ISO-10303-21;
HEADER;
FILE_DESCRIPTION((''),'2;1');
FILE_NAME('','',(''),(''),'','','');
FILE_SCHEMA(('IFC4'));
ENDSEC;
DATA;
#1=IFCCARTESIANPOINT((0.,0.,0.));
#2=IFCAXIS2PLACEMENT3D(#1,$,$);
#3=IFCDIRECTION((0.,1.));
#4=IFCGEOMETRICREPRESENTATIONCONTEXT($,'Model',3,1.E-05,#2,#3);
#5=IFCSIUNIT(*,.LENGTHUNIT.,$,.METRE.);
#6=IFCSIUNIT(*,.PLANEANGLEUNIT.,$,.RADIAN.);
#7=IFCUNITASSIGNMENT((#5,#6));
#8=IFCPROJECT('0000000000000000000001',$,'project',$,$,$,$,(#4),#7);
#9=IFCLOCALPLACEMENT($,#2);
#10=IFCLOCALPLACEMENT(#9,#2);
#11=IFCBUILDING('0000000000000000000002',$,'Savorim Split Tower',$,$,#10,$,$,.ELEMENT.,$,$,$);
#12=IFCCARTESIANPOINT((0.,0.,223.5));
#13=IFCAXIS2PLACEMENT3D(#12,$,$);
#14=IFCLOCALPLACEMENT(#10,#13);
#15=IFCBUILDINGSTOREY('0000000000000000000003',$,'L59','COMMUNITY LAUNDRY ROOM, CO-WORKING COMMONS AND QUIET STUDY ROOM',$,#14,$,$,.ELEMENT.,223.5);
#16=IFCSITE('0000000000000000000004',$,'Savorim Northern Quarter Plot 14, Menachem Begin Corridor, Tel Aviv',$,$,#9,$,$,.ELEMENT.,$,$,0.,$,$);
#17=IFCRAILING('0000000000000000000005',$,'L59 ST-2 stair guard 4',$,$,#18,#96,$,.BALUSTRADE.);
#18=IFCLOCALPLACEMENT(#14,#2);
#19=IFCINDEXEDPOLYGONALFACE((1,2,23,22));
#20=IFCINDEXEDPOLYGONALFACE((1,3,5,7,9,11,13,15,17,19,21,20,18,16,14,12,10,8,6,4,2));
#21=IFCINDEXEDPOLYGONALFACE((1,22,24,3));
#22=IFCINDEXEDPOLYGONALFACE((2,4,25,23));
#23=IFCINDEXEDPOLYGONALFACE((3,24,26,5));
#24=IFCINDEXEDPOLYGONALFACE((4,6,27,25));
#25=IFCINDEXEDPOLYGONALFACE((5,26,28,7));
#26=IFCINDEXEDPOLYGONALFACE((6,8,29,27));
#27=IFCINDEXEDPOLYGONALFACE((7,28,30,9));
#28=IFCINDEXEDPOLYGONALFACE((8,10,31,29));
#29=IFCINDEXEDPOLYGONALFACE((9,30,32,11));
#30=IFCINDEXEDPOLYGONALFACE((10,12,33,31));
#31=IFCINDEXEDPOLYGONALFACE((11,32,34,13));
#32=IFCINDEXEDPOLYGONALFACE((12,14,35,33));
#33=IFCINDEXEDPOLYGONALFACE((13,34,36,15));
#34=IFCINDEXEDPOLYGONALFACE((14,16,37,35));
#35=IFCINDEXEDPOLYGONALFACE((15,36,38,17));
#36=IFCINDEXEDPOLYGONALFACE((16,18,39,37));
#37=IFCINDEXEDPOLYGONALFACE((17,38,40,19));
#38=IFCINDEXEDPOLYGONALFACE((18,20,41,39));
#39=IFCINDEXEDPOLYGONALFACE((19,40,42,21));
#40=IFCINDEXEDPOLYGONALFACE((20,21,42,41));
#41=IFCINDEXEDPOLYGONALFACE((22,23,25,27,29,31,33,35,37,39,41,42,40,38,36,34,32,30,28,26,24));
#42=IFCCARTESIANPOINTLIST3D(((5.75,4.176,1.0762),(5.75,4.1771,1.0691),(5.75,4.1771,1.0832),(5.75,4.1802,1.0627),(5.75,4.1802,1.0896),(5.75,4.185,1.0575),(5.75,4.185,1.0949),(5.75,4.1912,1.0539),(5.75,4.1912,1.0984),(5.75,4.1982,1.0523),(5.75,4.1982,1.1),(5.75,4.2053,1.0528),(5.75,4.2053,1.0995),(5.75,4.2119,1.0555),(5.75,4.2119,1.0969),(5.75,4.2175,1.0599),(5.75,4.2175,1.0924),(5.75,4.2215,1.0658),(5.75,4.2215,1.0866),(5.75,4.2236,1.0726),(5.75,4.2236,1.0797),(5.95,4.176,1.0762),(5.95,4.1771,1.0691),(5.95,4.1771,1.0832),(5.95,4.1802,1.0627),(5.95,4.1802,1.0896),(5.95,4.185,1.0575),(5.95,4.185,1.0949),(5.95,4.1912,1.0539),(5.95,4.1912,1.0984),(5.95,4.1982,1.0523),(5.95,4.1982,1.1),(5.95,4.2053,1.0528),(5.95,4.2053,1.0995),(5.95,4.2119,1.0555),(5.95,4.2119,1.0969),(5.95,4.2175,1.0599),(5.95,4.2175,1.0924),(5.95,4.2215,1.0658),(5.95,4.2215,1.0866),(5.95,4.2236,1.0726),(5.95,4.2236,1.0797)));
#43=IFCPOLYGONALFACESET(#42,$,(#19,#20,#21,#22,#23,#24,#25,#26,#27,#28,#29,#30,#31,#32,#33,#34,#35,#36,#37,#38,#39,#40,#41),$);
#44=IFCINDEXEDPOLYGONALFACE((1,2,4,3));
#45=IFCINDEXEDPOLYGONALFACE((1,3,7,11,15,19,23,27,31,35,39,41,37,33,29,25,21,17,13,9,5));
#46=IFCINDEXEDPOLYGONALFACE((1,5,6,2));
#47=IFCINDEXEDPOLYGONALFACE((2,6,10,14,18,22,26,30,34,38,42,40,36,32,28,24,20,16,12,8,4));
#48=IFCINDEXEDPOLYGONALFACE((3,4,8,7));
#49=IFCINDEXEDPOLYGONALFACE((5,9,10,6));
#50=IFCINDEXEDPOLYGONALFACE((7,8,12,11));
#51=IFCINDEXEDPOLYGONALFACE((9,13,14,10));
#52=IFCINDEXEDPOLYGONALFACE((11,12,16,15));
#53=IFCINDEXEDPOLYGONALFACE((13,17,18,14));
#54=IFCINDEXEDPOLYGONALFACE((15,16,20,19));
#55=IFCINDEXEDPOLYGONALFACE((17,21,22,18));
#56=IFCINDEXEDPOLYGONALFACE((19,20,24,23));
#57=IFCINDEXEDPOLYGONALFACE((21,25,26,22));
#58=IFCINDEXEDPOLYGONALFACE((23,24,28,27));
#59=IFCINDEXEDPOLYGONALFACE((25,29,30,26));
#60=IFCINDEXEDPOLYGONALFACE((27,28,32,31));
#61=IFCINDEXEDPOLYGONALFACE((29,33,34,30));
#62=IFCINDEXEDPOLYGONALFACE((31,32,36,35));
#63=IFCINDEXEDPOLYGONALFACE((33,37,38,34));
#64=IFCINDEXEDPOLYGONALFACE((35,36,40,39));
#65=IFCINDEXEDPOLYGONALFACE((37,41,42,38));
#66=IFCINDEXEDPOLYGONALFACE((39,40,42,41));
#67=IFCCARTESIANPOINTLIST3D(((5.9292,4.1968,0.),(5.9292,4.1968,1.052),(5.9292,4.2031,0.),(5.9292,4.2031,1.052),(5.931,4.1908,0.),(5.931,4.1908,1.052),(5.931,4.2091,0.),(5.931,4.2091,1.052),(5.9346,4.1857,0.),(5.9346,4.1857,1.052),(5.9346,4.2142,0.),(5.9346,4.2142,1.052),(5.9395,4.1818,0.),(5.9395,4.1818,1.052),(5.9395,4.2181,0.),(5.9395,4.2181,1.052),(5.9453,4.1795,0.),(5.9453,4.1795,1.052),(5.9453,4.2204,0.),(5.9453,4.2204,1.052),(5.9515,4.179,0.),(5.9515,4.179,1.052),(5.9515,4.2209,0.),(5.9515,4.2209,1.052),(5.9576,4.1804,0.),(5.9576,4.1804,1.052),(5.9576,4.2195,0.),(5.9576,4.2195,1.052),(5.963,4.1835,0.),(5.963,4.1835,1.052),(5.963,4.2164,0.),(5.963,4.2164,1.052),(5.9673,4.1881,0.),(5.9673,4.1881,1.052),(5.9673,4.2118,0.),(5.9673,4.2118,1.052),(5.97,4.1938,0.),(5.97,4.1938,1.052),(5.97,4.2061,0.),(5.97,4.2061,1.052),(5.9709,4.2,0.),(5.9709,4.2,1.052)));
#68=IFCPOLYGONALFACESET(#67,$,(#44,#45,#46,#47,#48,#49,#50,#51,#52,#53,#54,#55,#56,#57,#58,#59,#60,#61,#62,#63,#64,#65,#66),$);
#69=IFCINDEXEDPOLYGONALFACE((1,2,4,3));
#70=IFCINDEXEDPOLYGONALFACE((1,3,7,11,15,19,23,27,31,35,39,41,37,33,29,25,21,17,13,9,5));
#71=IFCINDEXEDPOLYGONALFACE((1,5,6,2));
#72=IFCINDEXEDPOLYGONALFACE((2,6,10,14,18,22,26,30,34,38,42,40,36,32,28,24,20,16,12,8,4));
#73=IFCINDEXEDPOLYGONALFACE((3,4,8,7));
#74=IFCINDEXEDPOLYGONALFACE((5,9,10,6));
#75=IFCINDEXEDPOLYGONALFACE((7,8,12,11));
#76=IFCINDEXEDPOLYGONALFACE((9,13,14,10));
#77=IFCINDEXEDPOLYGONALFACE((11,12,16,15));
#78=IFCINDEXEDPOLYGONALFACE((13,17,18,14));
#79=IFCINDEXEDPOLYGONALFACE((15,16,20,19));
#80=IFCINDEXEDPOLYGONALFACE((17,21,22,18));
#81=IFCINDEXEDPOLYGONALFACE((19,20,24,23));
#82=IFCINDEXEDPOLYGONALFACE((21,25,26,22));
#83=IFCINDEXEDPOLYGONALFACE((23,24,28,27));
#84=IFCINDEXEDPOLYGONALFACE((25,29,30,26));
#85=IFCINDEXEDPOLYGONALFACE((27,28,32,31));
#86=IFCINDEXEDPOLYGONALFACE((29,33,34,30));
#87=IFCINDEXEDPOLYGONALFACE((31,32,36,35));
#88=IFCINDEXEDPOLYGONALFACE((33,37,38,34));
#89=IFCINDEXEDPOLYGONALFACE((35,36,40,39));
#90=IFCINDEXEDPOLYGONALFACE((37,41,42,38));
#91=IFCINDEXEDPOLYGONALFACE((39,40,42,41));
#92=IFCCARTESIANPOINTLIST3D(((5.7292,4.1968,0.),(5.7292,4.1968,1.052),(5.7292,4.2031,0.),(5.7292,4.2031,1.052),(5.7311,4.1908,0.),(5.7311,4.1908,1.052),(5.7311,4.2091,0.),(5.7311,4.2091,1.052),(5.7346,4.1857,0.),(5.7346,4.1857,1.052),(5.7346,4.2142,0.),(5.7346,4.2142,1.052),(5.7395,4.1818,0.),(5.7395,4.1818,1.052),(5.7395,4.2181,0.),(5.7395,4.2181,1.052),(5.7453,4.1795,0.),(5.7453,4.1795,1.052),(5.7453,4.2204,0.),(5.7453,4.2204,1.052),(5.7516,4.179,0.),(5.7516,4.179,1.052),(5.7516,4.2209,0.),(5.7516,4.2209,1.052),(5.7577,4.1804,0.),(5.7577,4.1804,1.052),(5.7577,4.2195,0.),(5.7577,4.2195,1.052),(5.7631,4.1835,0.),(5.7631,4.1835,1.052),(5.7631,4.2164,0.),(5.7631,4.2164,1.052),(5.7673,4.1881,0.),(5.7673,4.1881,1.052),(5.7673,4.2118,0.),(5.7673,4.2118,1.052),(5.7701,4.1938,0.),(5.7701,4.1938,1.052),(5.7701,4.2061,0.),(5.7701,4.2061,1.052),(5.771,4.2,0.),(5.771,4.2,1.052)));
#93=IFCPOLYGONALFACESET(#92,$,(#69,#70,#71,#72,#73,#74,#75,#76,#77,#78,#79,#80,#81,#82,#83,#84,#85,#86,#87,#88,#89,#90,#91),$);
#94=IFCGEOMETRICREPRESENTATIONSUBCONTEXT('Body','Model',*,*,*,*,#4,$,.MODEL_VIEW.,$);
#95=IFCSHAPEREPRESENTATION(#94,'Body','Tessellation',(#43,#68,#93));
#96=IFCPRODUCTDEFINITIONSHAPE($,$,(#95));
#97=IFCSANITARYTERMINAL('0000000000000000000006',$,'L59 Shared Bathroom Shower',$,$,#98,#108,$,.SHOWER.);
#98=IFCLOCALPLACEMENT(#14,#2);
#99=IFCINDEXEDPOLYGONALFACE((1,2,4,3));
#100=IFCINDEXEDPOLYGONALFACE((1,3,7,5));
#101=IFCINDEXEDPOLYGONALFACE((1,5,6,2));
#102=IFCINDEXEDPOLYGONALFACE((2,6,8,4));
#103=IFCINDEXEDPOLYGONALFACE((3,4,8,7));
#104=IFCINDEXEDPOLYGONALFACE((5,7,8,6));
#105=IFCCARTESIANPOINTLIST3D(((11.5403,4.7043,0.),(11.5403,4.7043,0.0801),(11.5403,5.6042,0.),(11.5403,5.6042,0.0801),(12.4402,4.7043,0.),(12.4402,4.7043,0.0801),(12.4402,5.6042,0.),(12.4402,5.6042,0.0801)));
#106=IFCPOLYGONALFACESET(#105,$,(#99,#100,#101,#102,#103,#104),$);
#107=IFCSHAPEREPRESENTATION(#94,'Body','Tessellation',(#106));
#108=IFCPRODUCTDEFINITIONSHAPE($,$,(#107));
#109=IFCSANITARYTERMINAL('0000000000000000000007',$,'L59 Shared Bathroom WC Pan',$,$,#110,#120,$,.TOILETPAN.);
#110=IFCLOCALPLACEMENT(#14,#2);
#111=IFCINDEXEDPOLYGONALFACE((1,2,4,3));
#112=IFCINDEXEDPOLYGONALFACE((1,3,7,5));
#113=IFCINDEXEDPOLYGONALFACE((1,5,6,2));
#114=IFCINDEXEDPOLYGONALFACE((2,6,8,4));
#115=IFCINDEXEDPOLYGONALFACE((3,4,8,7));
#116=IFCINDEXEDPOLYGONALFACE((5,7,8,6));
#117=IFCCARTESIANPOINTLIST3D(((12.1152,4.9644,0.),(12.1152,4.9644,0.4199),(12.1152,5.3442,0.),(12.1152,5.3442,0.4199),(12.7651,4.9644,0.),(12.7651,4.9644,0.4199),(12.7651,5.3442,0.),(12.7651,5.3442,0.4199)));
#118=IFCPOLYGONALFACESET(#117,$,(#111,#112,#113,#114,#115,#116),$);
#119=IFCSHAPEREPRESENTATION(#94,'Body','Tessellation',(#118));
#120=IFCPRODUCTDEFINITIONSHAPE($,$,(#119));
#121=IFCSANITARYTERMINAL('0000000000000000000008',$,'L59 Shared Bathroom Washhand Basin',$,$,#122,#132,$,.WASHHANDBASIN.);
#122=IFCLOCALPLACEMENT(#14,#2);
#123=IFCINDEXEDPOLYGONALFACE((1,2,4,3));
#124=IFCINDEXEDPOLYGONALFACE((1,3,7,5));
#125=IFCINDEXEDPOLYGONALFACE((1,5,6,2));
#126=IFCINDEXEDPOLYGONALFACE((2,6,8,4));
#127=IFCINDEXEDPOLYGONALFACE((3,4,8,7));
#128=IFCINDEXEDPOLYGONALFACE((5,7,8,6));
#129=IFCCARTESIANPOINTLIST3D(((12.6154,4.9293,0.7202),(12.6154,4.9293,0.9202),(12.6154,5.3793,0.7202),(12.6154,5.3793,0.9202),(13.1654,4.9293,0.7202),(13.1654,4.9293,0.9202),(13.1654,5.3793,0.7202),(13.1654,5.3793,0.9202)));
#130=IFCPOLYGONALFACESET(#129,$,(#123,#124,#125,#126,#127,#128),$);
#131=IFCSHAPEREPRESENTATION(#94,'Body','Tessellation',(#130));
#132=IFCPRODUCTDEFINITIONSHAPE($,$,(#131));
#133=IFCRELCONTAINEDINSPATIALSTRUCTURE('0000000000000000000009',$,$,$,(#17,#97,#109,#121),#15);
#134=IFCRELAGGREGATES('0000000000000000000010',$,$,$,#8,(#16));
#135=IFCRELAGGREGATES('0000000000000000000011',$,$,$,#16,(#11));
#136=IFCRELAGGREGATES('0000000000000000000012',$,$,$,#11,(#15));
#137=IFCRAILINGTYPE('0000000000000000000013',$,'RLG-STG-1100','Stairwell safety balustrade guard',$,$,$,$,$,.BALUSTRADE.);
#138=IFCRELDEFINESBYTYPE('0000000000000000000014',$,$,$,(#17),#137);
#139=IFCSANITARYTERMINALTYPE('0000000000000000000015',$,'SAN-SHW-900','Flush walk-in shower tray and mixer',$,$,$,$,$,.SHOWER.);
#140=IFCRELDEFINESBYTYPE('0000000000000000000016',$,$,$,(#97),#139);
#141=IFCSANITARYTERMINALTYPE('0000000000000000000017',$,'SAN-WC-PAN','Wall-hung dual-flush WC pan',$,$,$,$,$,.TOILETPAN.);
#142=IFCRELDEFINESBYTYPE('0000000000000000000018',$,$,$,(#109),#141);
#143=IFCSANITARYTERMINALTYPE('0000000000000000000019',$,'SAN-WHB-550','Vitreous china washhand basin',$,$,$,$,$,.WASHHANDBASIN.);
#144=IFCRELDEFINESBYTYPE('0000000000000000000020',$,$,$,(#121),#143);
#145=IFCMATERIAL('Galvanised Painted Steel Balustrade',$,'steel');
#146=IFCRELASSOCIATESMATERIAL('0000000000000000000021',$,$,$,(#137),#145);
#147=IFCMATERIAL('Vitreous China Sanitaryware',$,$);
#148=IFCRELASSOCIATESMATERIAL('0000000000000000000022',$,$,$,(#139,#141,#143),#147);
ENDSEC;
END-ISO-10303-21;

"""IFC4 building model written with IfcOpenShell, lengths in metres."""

from ifc_helpers import new_model, si_unit, direction, frame, origin, origin_2d, place, context, subcontext, project, spatial, rectangle, circle, extrude, material, type_object, element, save


model = new_model("IFC4")

# Units and contexts
model_context = context("Model", 3, precision=1e-05, world=origin(), true_north=direction((0.0, 1.0)))
body_context = subcontext(model_context, "Body", "Model", "MODEL_VIEW")
ifc_project = project(units=[si_unit("LENGTHUNIT", "METRE"), si_unit("PLANEANGLEUNIT", "RADIAN")], contexts=[model_context])

# Site, building, storey
site_placement = place(None, origin())
site = spatial("IfcSite", under=ifc_project, at=site_placement, Name="Savorim Northern Quarter Plot 14, Menachem Begin Corridor, Tel Aviv", CompositionType="ELEMENT", RefElevation=0.0)
building_placement = place(site_placement, origin())
building = spatial("IfcBuilding", under=site, at=building_placement, Name="Savorim Split Tower", CompositionType="ELEMENT")
storey_placement = place(building_placement, frame((0.0, 0.0, 223.5)))
storey = spatial("IfcBuildingStorey", under=building, at=storey_placement, Name="L59", Description="COMMUNITY LAUNDRY ROOM, CO-WORKING COMMONS AND QUIET STUDY ROOM", CompositionType="ELEMENT", Elevation=223.5)

# Railing
ifc_material_1 = material(Name="Galvanised Painted Steel Balustrade", Category="steel")
railing_type_1 = type_object("IfcRailingType", Name="RLG-STG-1100", Description="Stairwell safety balustrade guard", PredefinedType="BALUSTRADE", material=ifc_material_1)
railing_1_placement = place(storey_placement, frame((5.95, 4.2, 0.0)))
element("IfcRailing", 1, at=railing_1_placement, inside=storey, type_object=railing_type_1, Name="L59 ST-2 stair guard 4", PredefinedType="BALUSTRADE", context=body_context, shape_type="SweptSolid", body=[
    extrude(circle(Radius=0.0239, at=origin_2d()), frame((0.0, 0.0, 1.0762), z_axis=(-1.0, 0.0, 0.0), x_axis=(0.0, -1.0, 0.0)), (0.0, 0.0, 1.0), 0.2),
    extrude(circle(Radius=0.021, at=origin_2d()), origin(), (0.0, 0.0, 1.0), 1.052),
    extrude(circle(Radius=0.021, at=origin_2d()), frame((-0.2, 0.0, 0.0)), (0.0, 0.0, 1.0), 1.052),
])

# Sanitary terminals
ifc_material_2 = material(Name="Vitreous China Sanitaryware")
sanitary_terminal_type_1 = type_object("IfcSanitaryTerminalType", Name="SAN-SHW-900", Description="Flush walk-in shower tray and mixer", PredefinedType="SHOWER", material=ifc_material_2)
sanitary_terminal_1_placement = place(storey_placement, frame((11.9902, 5.1543, 0.0), z_axis=(0.0, 0.0, 1.0), x_axis=(1.0, 0.0, 0.0)))
element("IfcSanitaryTerminal", 2, at=sanitary_terminal_1_placement, inside=storey, type_object=sanitary_terminal_type_1, Name="L59 Shared Bathroom Shower", PredefinedType="SHOWER", context=body_context, shape_type="SweptSolid", body=[
    extrude(rectangle(XDim=0.8999, YDim=0.8999, at=origin_2d()), origin(), (0.0, 0.0, 1.0), 0.0801),
])
sanitary_terminal_type_2 = type_object("IfcSanitaryTerminalType", Name="SAN-WC-PAN", Description="Wall-hung dual-flush WC pan", PredefinedType="TOILETPAN", material=ifc_material_2)
sanitary_terminal_2_placement = place(storey_placement, frame((12.4402, 5.1543, 0.0), z_axis=(0.0, 0.0, 1.0), x_axis=(1.0, 0.0, 0.0)))
element("IfcSanitaryTerminal", 3, at=sanitary_terminal_2_placement, inside=storey, type_object=sanitary_terminal_type_2, Name="L59 Shared Bathroom WC Pan", PredefinedType="TOILETPAN", context=body_context, shape_type="SweptSolid", body=[
    extrude(rectangle(XDim=0.6499, YDim=0.3799, at=origin_2d()), origin(), (0.0, 0.0, 1.0), 0.4199),
])
sanitary_terminal_type_3 = type_object("IfcSanitaryTerminalType", Name="SAN-WHB-550", Description="Vitreous china washhand basin", PredefinedType="WASHHANDBASIN", material=ifc_material_2)
sanitary_terminal_3_placement = place(storey_placement, frame((12.8904, 5.1543, 0.7202), z_axis=(0.0, 0.0, 1.0), x_axis=(1.0, 0.0, 0.0)))
element("IfcSanitaryTerminal", 4, at=sanitary_terminal_3_placement, inside=storey, type_object=sanitary_terminal_type_3, Name="L59 Shared Bathroom Washhand Basin", PredefinedType="WASHHANDBASIN", context=body_context, shape_type="SweptSolid", body=[
    extrude(rectangle(XDim=0.55, YDim=0.45, at=origin_2d()), origin(), (0.0, 0.0, 1.0), 0.2),
])

save(model, "model.ifc")
